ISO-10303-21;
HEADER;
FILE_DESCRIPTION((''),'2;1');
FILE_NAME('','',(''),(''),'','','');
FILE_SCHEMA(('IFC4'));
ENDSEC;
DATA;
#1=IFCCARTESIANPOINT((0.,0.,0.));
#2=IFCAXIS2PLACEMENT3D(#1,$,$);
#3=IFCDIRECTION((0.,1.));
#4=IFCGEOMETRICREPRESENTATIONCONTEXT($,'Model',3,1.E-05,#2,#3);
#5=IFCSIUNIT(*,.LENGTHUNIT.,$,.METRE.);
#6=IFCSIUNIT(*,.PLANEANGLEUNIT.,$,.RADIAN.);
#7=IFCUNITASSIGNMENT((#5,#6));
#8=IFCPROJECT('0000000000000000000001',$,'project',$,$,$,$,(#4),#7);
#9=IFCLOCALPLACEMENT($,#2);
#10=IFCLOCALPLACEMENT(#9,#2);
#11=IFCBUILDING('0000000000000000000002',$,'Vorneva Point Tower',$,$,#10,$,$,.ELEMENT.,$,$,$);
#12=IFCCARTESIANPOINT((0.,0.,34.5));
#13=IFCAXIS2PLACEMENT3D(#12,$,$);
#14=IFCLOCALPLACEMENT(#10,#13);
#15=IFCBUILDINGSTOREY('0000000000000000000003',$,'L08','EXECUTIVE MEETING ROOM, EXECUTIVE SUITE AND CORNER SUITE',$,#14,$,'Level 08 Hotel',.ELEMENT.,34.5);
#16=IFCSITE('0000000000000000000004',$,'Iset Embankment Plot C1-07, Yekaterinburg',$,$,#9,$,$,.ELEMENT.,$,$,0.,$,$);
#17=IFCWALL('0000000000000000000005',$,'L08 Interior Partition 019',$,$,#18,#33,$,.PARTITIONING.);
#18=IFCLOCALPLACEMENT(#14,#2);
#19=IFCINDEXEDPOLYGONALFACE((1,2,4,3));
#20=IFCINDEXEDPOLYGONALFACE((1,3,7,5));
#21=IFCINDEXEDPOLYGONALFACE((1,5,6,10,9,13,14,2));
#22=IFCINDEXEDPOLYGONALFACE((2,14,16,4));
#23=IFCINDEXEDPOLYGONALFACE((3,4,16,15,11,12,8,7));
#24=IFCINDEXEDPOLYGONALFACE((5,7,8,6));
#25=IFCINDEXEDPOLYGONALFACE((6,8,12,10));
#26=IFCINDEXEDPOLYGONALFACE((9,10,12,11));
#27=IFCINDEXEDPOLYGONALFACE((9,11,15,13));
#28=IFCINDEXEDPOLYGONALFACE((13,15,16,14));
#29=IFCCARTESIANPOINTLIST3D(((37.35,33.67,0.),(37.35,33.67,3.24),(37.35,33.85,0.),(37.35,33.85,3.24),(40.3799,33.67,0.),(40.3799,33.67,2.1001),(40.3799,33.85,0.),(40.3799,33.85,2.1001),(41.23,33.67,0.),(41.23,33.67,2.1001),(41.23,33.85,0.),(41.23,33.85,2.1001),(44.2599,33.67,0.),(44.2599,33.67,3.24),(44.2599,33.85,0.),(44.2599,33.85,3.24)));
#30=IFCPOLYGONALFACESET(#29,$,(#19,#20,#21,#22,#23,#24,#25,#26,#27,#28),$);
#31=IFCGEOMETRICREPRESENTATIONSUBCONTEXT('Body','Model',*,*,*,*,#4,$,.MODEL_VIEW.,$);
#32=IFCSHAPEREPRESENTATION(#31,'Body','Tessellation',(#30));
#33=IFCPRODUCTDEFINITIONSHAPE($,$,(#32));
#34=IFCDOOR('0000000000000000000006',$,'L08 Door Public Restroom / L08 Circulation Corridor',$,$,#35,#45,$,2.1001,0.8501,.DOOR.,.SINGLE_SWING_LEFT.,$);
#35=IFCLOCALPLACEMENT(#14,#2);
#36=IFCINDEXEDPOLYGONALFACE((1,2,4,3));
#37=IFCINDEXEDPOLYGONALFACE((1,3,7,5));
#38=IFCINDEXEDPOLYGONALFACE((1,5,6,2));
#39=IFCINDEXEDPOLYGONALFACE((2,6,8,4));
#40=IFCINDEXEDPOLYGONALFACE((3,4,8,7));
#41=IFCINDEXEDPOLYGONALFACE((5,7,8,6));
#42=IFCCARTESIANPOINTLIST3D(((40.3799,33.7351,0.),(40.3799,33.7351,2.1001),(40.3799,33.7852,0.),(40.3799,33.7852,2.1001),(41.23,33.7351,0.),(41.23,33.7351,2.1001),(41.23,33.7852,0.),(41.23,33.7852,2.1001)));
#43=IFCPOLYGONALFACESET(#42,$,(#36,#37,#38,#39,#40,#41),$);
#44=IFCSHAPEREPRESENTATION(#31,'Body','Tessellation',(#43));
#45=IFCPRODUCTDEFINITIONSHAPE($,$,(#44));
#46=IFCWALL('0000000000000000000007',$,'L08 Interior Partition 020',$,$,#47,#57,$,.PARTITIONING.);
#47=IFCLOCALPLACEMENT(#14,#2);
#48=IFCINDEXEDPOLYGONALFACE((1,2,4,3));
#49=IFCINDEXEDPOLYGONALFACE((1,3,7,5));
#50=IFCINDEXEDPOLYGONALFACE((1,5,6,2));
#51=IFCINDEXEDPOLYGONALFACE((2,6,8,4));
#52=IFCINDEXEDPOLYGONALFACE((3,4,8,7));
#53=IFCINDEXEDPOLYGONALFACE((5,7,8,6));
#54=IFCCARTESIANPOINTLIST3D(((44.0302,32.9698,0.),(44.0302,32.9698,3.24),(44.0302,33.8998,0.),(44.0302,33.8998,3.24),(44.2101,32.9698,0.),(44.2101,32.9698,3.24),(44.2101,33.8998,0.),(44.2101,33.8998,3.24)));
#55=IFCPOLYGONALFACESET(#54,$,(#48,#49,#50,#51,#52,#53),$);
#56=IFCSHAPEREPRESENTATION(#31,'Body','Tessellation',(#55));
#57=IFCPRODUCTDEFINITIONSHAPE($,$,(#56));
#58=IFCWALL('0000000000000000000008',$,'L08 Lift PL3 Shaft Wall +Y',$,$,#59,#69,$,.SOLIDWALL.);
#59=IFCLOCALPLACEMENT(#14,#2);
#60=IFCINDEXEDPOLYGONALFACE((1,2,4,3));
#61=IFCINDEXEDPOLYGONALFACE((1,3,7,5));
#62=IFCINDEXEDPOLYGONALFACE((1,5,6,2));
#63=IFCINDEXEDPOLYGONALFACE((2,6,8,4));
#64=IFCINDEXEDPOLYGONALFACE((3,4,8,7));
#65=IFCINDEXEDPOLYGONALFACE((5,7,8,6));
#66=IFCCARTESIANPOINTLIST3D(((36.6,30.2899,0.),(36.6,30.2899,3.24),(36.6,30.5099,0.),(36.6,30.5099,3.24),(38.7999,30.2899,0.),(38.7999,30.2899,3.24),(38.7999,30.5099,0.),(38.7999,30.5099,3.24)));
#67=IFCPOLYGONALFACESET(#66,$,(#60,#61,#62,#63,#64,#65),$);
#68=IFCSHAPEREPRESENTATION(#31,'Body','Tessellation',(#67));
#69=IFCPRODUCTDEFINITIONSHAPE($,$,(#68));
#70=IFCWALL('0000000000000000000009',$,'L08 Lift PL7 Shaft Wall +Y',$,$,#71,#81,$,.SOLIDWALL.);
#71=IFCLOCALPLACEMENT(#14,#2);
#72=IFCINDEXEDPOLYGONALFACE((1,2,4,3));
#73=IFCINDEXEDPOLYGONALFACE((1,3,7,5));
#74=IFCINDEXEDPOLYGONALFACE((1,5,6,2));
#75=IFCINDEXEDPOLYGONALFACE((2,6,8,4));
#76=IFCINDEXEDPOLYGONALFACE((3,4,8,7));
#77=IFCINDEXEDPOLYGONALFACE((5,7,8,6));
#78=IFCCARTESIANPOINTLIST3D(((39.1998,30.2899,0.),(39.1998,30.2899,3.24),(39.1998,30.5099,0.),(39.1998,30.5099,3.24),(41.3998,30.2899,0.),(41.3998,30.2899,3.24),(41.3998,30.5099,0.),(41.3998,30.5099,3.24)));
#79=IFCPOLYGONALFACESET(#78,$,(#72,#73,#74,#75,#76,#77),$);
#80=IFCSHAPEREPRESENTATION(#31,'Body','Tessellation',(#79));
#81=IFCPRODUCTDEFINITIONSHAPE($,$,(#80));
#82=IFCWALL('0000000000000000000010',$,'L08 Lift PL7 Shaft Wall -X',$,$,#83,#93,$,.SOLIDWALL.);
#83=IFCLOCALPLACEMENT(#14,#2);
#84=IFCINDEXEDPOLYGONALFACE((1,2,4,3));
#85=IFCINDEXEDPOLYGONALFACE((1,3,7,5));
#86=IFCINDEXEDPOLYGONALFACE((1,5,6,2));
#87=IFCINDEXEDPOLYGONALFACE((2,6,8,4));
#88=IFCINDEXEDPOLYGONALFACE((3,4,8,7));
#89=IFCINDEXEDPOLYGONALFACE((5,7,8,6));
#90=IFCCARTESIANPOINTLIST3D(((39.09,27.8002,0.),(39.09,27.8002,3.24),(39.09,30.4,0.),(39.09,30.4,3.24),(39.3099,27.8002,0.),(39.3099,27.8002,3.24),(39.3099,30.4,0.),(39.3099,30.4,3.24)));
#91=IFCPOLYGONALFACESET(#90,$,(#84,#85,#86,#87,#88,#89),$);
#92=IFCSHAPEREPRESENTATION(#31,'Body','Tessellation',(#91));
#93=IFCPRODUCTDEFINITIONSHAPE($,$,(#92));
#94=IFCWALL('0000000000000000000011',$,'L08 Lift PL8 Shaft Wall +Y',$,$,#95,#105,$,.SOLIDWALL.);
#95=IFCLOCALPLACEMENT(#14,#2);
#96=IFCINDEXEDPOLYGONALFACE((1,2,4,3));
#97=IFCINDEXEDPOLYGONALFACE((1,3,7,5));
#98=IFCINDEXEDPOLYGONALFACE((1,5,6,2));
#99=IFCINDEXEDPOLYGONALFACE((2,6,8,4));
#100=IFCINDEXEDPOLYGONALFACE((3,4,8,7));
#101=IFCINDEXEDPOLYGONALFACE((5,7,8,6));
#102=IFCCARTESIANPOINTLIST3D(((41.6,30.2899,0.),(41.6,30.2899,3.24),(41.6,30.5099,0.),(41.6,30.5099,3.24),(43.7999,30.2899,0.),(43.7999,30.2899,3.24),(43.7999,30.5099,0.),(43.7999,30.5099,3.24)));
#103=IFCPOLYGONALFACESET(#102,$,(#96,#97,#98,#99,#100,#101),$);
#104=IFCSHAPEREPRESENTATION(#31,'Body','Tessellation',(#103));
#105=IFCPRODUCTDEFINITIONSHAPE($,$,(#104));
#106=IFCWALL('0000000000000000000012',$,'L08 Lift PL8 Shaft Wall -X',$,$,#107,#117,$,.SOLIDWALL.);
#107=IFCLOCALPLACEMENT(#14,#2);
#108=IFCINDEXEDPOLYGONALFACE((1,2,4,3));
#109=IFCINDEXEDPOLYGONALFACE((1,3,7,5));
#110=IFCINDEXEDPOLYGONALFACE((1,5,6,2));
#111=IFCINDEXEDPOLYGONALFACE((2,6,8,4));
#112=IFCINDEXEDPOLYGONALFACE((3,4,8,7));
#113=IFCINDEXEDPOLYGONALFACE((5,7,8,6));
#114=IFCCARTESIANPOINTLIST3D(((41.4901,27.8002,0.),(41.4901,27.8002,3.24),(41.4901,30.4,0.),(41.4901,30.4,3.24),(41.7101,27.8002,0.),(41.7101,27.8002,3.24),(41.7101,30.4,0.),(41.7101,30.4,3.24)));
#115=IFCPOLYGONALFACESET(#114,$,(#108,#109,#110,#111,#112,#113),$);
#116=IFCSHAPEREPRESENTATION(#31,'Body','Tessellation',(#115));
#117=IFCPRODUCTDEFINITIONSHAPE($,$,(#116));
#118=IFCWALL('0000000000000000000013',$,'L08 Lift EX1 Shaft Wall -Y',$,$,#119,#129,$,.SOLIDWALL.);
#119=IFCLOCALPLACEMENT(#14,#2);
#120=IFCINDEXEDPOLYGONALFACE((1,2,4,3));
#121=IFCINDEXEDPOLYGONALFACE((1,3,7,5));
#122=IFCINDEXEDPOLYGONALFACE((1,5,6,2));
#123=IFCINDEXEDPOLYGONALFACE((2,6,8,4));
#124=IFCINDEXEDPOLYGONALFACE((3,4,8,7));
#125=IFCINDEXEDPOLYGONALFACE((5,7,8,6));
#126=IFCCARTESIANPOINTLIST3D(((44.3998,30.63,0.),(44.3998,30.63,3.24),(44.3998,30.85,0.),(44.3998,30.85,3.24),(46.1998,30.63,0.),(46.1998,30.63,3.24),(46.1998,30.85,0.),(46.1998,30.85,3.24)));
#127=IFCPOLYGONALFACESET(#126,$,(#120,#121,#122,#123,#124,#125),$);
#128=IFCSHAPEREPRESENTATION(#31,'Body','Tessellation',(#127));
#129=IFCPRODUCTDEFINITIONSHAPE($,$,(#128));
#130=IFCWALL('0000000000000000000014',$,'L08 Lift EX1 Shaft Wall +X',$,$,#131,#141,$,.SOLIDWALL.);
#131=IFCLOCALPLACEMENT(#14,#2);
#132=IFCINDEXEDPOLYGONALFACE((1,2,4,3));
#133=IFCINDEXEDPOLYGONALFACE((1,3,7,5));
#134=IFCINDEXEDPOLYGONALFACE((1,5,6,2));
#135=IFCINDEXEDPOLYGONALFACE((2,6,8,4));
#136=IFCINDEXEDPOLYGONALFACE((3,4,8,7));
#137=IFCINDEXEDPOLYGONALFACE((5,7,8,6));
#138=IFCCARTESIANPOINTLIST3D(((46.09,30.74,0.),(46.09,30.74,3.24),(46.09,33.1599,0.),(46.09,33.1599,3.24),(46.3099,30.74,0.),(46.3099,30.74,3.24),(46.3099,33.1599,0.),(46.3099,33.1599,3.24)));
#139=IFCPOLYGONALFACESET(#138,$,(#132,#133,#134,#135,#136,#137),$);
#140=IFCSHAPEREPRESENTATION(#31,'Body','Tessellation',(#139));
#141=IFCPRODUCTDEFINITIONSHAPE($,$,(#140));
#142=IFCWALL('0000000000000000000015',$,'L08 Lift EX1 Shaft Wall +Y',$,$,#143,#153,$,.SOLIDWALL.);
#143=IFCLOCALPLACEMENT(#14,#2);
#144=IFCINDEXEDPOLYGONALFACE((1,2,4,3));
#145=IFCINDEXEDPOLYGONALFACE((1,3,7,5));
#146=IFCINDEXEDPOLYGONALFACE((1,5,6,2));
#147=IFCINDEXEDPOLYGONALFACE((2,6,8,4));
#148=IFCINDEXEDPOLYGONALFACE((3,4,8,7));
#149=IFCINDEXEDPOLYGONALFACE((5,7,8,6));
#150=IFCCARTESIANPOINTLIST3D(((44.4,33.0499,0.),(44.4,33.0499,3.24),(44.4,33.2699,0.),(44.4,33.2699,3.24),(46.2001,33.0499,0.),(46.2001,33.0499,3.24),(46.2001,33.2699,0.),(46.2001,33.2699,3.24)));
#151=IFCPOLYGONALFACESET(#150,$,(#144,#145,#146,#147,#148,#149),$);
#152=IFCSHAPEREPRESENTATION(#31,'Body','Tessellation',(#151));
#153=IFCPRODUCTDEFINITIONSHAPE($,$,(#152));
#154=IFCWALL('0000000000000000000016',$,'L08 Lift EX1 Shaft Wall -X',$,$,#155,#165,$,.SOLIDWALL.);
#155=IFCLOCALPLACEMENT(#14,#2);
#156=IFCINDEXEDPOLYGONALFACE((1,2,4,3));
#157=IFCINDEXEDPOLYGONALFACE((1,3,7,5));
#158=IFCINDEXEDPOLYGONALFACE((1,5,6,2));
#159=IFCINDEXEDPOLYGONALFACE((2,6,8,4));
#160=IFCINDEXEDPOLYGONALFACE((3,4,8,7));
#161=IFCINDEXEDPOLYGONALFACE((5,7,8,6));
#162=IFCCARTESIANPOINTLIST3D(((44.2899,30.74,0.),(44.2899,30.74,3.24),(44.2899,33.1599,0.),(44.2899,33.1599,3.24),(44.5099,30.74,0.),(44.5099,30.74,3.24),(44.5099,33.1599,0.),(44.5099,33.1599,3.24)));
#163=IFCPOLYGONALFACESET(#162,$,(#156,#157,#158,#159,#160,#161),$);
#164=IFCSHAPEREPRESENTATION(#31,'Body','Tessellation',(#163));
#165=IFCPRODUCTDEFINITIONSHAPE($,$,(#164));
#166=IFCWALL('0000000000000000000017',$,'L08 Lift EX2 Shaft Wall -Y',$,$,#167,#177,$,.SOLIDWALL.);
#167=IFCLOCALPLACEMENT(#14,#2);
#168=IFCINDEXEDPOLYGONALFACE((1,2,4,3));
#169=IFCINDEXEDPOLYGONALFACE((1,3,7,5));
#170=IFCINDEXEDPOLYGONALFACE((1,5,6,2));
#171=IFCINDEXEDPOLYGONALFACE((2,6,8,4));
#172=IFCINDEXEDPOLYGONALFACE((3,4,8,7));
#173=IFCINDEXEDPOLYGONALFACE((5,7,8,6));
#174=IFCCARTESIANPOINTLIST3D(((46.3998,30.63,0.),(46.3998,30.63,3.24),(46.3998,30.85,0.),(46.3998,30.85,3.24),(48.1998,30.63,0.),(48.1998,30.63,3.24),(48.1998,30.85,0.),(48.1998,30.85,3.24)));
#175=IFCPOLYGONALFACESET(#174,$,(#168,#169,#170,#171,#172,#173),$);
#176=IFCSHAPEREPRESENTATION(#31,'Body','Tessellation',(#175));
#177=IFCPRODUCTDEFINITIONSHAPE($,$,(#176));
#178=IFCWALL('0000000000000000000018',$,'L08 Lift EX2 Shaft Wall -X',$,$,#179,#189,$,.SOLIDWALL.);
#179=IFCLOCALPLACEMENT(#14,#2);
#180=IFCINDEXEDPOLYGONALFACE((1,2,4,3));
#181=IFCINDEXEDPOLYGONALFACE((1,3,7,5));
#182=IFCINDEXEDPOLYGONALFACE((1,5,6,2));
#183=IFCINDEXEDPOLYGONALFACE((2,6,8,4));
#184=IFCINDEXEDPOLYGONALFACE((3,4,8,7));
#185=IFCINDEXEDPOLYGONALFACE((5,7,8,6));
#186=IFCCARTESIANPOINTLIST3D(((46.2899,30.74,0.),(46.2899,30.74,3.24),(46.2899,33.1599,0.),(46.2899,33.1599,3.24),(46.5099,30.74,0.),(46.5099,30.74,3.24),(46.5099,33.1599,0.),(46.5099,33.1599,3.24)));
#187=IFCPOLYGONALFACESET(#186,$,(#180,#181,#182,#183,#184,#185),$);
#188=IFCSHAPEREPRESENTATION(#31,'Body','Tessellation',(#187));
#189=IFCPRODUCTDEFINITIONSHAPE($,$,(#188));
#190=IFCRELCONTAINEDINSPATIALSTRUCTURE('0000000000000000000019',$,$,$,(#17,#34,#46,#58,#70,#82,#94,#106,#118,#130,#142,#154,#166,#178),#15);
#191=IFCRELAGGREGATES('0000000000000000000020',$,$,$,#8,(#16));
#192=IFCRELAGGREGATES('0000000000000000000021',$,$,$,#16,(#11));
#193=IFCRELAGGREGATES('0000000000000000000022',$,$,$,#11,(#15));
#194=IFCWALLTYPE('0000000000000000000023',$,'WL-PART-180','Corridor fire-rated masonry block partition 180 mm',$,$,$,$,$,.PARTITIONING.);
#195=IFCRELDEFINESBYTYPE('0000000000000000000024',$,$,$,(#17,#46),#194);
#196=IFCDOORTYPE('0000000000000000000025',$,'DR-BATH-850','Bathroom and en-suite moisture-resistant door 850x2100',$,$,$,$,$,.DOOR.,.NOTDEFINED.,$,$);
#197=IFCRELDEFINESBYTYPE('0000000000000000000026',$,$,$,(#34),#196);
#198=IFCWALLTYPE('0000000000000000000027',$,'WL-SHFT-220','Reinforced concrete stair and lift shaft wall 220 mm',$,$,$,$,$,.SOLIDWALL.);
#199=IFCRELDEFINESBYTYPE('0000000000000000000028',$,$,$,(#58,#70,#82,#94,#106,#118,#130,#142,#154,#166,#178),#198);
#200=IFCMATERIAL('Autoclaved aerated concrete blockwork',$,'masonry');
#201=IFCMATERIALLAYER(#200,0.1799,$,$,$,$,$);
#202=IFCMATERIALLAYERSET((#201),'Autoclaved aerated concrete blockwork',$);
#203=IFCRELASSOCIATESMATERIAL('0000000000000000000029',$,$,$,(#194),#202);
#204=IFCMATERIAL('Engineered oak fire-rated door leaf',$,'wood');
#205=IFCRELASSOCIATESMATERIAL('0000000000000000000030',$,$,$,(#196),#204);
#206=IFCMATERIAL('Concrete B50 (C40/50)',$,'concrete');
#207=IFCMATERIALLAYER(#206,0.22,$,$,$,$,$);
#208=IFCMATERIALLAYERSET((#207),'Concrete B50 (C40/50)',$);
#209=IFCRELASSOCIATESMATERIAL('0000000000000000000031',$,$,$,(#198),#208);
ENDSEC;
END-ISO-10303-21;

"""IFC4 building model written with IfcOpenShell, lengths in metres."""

from ifc_helpers import new_model, si_unit, direction, frame, frame_2d, origin, place, context, subcontext, project, spatial, rectangle, extrude, material, layer, layer_set, type_object, element, fill, save


model = new_model("IFC4")

# Units and contexts
model_context = context("Model", 3, precision=1e-05, world=origin(), true_north=direction((0.0, 1.0)))
body_context = subcontext(model_context, "Body", "Model", "MODEL_VIEW")
ifc_project = project(units=[si_unit("LENGTHUNIT", "METRE"), si_unit("PLANEANGLEUNIT", "RADIAN")], contexts=[model_context])

# Site, building, storey
site_placement = place(None, origin())
site = spatial("IfcSite", under=ifc_project, at=site_placement, Name="Iset Embankment Plot C1-07, Yekaterinburg", CompositionType="ELEMENT", RefElevation=0.0)
building_placement = place(site_placement, origin())
building = spatial("IfcBuilding", under=site, at=building_placement, Name="Vorneva Point Tower", CompositionType="ELEMENT")
storey_placement = place(building_placement, frame((0.0, 0.0, 34.5)))
storey = spatial("IfcBuildingStorey", under=building, at=storey_placement, Name="L08", Description="EXECUTIVE MEETING ROOM, EXECUTIVE SUITE AND CORNER SUITE", LongName="Level 08 Hotel", CompositionType="ELEMENT", Elevation=34.5)

# Wall, opening, door
ifc_material_1 = material(Name="Autoclaved aerated concrete blockwork", Category="masonry")
ifc_layer_1 = layer(ifc_material_1, 0.1799)
ifc_layer_set_1 = layer_set([ifc_layer_1], Name="Autoclaved aerated concrete blockwork")
wall_type_1 = type_object("IfcWallType", Name="WL-PART-180", Description="Corridor fire-rated masonry block partition 180 mm", PredefinedType="PARTITIONING", material=ifc_layer_set_1)
ifc_material_2 = material(Name="Engineered oak fire-rated door leaf", Category="wood")
door_type_1 = type_object("IfcDoorType", Name="DR-BATH-850", Description="Bathroom and en-suite moisture-resistant door 850x2100", OperationType="NOTDEFINED", PredefinedType="DOOR", material=ifc_material_2)
wall_1_placement = place(storey_placement, frame((44.26, 33.76, 0.0), z_axis=(0.0, 0.0, 1.0), x_axis=(-1.0, 0.0, 0.0)))
wall_1 = element("IfcWall", 1, at=wall_1_placement, inside=storey, type_object=wall_type_1, Name="L08 Interior Partition 019", PredefinedType="PARTITIONING", context=body_context, shape_type="SweptSolid", body=[
    extrude(rectangle(XDim=6.9099, YDim=0.1799, at=frame_2d((3.4551, 0.0))), origin(), (0.0, 0.0, 1.0), 3.24),
])
opening_1_placement = place(wall_1_placement, frame((3.03, 0.0, 0.0)))
opening_1 = element("IfcOpeningElement", 2, at=opening_1_placement, cuts=wall_1, PredefinedType="OPENING", context=body_context, shape_type="SweptSolid", body=[
    extrude(rectangle(XDim=0.8501, YDim=2.1001, at=frame_2d((0.425, 1.05))), frame((0.0, 0.105, 0.0), z_axis=(0.0, -1.0, 0.0), x_axis=(1.0, 0.0, 0.0)), (0.0, 0.0, 1.0), 0.2097),
])
door_1_placement = place(opening_1_placement, origin())
door_1 = element("IfcDoor", 3, at=door_1_placement, inside=storey, type_object=door_type_1, Name="L08 Door Public Restroom / L08 Circulation Corridor", OperationType="SINGLE_SWING_LEFT", OverallHeight=2.1001, OverallWidth=0.8501, PredefinedType="DOOR", context=body_context, shape_type="SweptSolid", body=[
    extrude(rectangle(XDim=0.8501, YDim=2.1001, at=frame_2d((0.425, 1.05))), frame((0.0, 0.0249, 0.0), z_axis=(0.0, -1.0, 0.0), x_axis=(1.0, 0.0, 0.0)), (0.0, 0.0, 1.0), 0.05),
])
fill(opening_1, door_1)

# Walls
wall_2_placement = place(storey_placement, frame((44.1201, 32.97, 0.0), z_axis=(0.0, 0.0, 1.0), x_axis=(0.0, 1.0, 0.0)))
element("IfcWall", 4, at=wall_2_placement, inside=storey, type_object=wall_type_1, Name="L08 Interior Partition 020", PredefinedType="PARTITIONING", context=body_context, shape_type="SweptSolid", body=[
    extrude(rectangle(XDim=0.9299, YDim=0.1799, at=frame_2d((0.4648, 0.0))), origin(), (0.0, 0.0, 1.0), 3.24),
])
ifc_material_3 = material(Name="Concrete B50 (C40/50)", Category="concrete")
ifc_layer_2 = layer(ifc_material_3, 0.22)
ifc_layer_set_2 = layer_set([ifc_layer_2], Name="Concrete B50 (C40/50)")
wall_type_2 = type_object("IfcWallType", Name="WL-SHFT-220", Description="Reinforced concrete stair and lift shaft wall 220 mm", PredefinedType="SOLIDWALL", material=ifc_layer_set_2)
for number, where, z_axis, x_axis, name in (
    (5, (38.8, 30.3999, 0.0), (0.0, 0.0, 1.0), (-1.0, 0.0, 0.0), "L08 Lift PL3 Shaft Wall +Y"),
    (6, (41.3999, 30.3999, 0.0), (0.0, 0.0, 1.0), (-1.0, 0.0, 0.0), "L08 Lift PL7 Shaft Wall +Y"),
):
    element("IfcWall", number, at=place(storey_placement, frame(where, z_axis=z_axis, x_axis=x_axis)), inside=storey, type_object=wall_type_2, Name=name, PredefinedType="SOLIDWALL", context=body_context, shape_type="SweptSolid", body=[
        extrude(rectangle(XDim=2.2, YDim=0.22, at=frame_2d((1.1001, 0.0))), origin(), (0.0, 0.0, 1.0), 3.24),
    ])
wall_3_placement = place(storey_placement, frame((39.2, 30.3999, 0.0), z_axis=(0.0, 0.0, 1.0), x_axis=(0.0, -1.0, 0.0)))
element("IfcWall", 7, at=wall_3_placement, inside=storey, type_object=wall_type_2, Name="L08 Lift PL7 Shaft Wall -X", PredefinedType="SOLIDWALL", context=body_context, shape_type="SweptSolid", body=[
    extrude(rectangle(XDim=2.5999, YDim=0.22, at=frame_2d((1.2998, 0.0))), origin(), (0.0, 0.0, 1.0), 3.24),
])
wall_4_placement = place(storey_placement, frame((43.8, 30.3999, 0.0), z_axis=(0.0, 0.0, 1.0), x_axis=(-1.0, 0.0, 0.0)))
element("IfcWall", 8, at=wall_4_placement, inside=storey, type_object=wall_type_2, Name="L08 Lift PL8 Shaft Wall +Y", PredefinedType="SOLIDWALL", context=body_context, shape_type="SweptSolid", body=[
    extrude(rectangle(XDim=2.2, YDim=0.22, at=frame_2d((1.1001, 0.0))), origin(), (0.0, 0.0, 1.0), 3.24),
])
wall_5_placement = place(storey_placement, frame((41.6001, 30.3999, 0.0), z_axis=(0.0, 0.0, 1.0), x_axis=(0.0, -1.0, 0.0)))
element("IfcWall", 9, at=wall_5_placement, inside=storey, type_object=wall_type_2, Name="L08 Lift PL8 Shaft Wall -X", PredefinedType="SOLIDWALL", context=body_context, shape_type="SweptSolid", body=[
    extrude(rectangle(XDim=2.5999, YDim=0.22, at=frame_2d((1.2998, 0.0))), origin(), (0.0, 0.0, 1.0), 3.24),
])
wall_6_placement = place(storey_placement, frame((44.3999, 30.74, 0.0), z_axis=(0.0, 0.0, 1.0), x_axis=(1.0, 0.0, 0.0)))
element("IfcWall", 10, at=wall_6_placement, inside=storey, type_object=wall_type_2, Name="L08 Lift EX1 Shaft Wall -Y", PredefinedType="SOLIDWALL", context=body_context, shape_type="SweptSolid", body=[
    extrude(rectangle(XDim=1.8, YDim=0.22, at=frame_2d((0.8999, 0.0))), origin(), (0.0, 0.0, 1.0), 3.24),
])
wall_7_placement = place(storey_placement, frame((46.2, 30.74, 0.0), z_axis=(0.0, 0.0, 1.0), x_axis=(0.0, 1.0, 0.0)))
element("IfcWall", 11, at=wall_7_placement, inside=storey, type_object=wall_type_2, Name="L08 Lift EX1 Shaft Wall +X", PredefinedType="SOLIDWALL", context=body_context, shape_type="SweptSolid", body=[
    extrude(rectangle(XDim=2.4199, YDim=0.22, at=frame_2d((1.21, 0.0))), origin(), (0.0, 0.0, 1.0), 3.24),
])
wall_8_placement = place(storey_placement, frame((46.2, 33.1599, 0.0), z_axis=(0.0, 0.0, 1.0), x_axis=(-1.0, 0.0, 0.0)))
element("IfcWall", 12, at=wall_8_placement, inside=storey, type_object=wall_type_2, Name="L08 Lift EX1 Shaft Wall +Y", PredefinedType="SOLIDWALL", context=body_context, shape_type="SweptSolid", body=[
    extrude(rectangle(XDim=1.8, YDim=0.22, at=frame_2d((0.8999, 0.0))), origin(), (0.0, 0.0, 1.0), 3.24),
])
wall_9_placement = place(storey_placement, frame((44.3999, 33.1599, 0.0), z_axis=(0.0, 0.0, 1.0), x_axis=(0.0, -1.0, 0.0)))
element("IfcWall", 13, at=wall_9_placement, inside=storey, type_object=wall_type_2, Name="L08 Lift EX1 Shaft Wall -X", PredefinedType="SOLIDWALL", context=body_context, shape_type="SweptSolid", body=[
    extrude(rectangle(XDim=2.4199, YDim=0.22, at=frame_2d((1.21, 0.0))), origin(), (0.0, 0.0, 1.0), 3.24),
])
wall_10_placement = place(storey_placement, frame((46.3999, 30.74, 0.0), z_axis=(0.0, 0.0, 1.0), x_axis=(1.0, 0.0, 0.0)))
element("IfcWall", 14, at=wall_10_placement, inside=storey, type_object=wall_type_2, Name="L08 Lift EX2 Shaft Wall -Y", PredefinedType="SOLIDWALL", context=body_context, shape_type="SweptSolid", body=[
    extrude(rectangle(XDim=1.8, YDim=0.22, at=frame_2d((0.8999, 0.0))), origin(), (0.0, 0.0, 1.0), 3.24),
])
wall_11_placement = place(storey_placement, frame((46.3999, 33.1599, 0.0), z_axis=(0.0, 0.0, 1.0), x_axis=(0.0, -1.0, 0.0)))
element("IfcWall", 15, at=wall_11_placement, inside=storey, type_object=wall_type_2, Name="L08 Lift EX2 Shaft Wall -X", PredefinedType="SOLIDWALL", context=body_context, shape_type="SweptSolid", body=[
    extrude(rectangle(XDim=2.4199, YDim=0.22, at=frame_2d((1.21, 0.0))), origin(), (0.0, 0.0, 1.0), 3.24),
])

save(model, "model.ifc")
